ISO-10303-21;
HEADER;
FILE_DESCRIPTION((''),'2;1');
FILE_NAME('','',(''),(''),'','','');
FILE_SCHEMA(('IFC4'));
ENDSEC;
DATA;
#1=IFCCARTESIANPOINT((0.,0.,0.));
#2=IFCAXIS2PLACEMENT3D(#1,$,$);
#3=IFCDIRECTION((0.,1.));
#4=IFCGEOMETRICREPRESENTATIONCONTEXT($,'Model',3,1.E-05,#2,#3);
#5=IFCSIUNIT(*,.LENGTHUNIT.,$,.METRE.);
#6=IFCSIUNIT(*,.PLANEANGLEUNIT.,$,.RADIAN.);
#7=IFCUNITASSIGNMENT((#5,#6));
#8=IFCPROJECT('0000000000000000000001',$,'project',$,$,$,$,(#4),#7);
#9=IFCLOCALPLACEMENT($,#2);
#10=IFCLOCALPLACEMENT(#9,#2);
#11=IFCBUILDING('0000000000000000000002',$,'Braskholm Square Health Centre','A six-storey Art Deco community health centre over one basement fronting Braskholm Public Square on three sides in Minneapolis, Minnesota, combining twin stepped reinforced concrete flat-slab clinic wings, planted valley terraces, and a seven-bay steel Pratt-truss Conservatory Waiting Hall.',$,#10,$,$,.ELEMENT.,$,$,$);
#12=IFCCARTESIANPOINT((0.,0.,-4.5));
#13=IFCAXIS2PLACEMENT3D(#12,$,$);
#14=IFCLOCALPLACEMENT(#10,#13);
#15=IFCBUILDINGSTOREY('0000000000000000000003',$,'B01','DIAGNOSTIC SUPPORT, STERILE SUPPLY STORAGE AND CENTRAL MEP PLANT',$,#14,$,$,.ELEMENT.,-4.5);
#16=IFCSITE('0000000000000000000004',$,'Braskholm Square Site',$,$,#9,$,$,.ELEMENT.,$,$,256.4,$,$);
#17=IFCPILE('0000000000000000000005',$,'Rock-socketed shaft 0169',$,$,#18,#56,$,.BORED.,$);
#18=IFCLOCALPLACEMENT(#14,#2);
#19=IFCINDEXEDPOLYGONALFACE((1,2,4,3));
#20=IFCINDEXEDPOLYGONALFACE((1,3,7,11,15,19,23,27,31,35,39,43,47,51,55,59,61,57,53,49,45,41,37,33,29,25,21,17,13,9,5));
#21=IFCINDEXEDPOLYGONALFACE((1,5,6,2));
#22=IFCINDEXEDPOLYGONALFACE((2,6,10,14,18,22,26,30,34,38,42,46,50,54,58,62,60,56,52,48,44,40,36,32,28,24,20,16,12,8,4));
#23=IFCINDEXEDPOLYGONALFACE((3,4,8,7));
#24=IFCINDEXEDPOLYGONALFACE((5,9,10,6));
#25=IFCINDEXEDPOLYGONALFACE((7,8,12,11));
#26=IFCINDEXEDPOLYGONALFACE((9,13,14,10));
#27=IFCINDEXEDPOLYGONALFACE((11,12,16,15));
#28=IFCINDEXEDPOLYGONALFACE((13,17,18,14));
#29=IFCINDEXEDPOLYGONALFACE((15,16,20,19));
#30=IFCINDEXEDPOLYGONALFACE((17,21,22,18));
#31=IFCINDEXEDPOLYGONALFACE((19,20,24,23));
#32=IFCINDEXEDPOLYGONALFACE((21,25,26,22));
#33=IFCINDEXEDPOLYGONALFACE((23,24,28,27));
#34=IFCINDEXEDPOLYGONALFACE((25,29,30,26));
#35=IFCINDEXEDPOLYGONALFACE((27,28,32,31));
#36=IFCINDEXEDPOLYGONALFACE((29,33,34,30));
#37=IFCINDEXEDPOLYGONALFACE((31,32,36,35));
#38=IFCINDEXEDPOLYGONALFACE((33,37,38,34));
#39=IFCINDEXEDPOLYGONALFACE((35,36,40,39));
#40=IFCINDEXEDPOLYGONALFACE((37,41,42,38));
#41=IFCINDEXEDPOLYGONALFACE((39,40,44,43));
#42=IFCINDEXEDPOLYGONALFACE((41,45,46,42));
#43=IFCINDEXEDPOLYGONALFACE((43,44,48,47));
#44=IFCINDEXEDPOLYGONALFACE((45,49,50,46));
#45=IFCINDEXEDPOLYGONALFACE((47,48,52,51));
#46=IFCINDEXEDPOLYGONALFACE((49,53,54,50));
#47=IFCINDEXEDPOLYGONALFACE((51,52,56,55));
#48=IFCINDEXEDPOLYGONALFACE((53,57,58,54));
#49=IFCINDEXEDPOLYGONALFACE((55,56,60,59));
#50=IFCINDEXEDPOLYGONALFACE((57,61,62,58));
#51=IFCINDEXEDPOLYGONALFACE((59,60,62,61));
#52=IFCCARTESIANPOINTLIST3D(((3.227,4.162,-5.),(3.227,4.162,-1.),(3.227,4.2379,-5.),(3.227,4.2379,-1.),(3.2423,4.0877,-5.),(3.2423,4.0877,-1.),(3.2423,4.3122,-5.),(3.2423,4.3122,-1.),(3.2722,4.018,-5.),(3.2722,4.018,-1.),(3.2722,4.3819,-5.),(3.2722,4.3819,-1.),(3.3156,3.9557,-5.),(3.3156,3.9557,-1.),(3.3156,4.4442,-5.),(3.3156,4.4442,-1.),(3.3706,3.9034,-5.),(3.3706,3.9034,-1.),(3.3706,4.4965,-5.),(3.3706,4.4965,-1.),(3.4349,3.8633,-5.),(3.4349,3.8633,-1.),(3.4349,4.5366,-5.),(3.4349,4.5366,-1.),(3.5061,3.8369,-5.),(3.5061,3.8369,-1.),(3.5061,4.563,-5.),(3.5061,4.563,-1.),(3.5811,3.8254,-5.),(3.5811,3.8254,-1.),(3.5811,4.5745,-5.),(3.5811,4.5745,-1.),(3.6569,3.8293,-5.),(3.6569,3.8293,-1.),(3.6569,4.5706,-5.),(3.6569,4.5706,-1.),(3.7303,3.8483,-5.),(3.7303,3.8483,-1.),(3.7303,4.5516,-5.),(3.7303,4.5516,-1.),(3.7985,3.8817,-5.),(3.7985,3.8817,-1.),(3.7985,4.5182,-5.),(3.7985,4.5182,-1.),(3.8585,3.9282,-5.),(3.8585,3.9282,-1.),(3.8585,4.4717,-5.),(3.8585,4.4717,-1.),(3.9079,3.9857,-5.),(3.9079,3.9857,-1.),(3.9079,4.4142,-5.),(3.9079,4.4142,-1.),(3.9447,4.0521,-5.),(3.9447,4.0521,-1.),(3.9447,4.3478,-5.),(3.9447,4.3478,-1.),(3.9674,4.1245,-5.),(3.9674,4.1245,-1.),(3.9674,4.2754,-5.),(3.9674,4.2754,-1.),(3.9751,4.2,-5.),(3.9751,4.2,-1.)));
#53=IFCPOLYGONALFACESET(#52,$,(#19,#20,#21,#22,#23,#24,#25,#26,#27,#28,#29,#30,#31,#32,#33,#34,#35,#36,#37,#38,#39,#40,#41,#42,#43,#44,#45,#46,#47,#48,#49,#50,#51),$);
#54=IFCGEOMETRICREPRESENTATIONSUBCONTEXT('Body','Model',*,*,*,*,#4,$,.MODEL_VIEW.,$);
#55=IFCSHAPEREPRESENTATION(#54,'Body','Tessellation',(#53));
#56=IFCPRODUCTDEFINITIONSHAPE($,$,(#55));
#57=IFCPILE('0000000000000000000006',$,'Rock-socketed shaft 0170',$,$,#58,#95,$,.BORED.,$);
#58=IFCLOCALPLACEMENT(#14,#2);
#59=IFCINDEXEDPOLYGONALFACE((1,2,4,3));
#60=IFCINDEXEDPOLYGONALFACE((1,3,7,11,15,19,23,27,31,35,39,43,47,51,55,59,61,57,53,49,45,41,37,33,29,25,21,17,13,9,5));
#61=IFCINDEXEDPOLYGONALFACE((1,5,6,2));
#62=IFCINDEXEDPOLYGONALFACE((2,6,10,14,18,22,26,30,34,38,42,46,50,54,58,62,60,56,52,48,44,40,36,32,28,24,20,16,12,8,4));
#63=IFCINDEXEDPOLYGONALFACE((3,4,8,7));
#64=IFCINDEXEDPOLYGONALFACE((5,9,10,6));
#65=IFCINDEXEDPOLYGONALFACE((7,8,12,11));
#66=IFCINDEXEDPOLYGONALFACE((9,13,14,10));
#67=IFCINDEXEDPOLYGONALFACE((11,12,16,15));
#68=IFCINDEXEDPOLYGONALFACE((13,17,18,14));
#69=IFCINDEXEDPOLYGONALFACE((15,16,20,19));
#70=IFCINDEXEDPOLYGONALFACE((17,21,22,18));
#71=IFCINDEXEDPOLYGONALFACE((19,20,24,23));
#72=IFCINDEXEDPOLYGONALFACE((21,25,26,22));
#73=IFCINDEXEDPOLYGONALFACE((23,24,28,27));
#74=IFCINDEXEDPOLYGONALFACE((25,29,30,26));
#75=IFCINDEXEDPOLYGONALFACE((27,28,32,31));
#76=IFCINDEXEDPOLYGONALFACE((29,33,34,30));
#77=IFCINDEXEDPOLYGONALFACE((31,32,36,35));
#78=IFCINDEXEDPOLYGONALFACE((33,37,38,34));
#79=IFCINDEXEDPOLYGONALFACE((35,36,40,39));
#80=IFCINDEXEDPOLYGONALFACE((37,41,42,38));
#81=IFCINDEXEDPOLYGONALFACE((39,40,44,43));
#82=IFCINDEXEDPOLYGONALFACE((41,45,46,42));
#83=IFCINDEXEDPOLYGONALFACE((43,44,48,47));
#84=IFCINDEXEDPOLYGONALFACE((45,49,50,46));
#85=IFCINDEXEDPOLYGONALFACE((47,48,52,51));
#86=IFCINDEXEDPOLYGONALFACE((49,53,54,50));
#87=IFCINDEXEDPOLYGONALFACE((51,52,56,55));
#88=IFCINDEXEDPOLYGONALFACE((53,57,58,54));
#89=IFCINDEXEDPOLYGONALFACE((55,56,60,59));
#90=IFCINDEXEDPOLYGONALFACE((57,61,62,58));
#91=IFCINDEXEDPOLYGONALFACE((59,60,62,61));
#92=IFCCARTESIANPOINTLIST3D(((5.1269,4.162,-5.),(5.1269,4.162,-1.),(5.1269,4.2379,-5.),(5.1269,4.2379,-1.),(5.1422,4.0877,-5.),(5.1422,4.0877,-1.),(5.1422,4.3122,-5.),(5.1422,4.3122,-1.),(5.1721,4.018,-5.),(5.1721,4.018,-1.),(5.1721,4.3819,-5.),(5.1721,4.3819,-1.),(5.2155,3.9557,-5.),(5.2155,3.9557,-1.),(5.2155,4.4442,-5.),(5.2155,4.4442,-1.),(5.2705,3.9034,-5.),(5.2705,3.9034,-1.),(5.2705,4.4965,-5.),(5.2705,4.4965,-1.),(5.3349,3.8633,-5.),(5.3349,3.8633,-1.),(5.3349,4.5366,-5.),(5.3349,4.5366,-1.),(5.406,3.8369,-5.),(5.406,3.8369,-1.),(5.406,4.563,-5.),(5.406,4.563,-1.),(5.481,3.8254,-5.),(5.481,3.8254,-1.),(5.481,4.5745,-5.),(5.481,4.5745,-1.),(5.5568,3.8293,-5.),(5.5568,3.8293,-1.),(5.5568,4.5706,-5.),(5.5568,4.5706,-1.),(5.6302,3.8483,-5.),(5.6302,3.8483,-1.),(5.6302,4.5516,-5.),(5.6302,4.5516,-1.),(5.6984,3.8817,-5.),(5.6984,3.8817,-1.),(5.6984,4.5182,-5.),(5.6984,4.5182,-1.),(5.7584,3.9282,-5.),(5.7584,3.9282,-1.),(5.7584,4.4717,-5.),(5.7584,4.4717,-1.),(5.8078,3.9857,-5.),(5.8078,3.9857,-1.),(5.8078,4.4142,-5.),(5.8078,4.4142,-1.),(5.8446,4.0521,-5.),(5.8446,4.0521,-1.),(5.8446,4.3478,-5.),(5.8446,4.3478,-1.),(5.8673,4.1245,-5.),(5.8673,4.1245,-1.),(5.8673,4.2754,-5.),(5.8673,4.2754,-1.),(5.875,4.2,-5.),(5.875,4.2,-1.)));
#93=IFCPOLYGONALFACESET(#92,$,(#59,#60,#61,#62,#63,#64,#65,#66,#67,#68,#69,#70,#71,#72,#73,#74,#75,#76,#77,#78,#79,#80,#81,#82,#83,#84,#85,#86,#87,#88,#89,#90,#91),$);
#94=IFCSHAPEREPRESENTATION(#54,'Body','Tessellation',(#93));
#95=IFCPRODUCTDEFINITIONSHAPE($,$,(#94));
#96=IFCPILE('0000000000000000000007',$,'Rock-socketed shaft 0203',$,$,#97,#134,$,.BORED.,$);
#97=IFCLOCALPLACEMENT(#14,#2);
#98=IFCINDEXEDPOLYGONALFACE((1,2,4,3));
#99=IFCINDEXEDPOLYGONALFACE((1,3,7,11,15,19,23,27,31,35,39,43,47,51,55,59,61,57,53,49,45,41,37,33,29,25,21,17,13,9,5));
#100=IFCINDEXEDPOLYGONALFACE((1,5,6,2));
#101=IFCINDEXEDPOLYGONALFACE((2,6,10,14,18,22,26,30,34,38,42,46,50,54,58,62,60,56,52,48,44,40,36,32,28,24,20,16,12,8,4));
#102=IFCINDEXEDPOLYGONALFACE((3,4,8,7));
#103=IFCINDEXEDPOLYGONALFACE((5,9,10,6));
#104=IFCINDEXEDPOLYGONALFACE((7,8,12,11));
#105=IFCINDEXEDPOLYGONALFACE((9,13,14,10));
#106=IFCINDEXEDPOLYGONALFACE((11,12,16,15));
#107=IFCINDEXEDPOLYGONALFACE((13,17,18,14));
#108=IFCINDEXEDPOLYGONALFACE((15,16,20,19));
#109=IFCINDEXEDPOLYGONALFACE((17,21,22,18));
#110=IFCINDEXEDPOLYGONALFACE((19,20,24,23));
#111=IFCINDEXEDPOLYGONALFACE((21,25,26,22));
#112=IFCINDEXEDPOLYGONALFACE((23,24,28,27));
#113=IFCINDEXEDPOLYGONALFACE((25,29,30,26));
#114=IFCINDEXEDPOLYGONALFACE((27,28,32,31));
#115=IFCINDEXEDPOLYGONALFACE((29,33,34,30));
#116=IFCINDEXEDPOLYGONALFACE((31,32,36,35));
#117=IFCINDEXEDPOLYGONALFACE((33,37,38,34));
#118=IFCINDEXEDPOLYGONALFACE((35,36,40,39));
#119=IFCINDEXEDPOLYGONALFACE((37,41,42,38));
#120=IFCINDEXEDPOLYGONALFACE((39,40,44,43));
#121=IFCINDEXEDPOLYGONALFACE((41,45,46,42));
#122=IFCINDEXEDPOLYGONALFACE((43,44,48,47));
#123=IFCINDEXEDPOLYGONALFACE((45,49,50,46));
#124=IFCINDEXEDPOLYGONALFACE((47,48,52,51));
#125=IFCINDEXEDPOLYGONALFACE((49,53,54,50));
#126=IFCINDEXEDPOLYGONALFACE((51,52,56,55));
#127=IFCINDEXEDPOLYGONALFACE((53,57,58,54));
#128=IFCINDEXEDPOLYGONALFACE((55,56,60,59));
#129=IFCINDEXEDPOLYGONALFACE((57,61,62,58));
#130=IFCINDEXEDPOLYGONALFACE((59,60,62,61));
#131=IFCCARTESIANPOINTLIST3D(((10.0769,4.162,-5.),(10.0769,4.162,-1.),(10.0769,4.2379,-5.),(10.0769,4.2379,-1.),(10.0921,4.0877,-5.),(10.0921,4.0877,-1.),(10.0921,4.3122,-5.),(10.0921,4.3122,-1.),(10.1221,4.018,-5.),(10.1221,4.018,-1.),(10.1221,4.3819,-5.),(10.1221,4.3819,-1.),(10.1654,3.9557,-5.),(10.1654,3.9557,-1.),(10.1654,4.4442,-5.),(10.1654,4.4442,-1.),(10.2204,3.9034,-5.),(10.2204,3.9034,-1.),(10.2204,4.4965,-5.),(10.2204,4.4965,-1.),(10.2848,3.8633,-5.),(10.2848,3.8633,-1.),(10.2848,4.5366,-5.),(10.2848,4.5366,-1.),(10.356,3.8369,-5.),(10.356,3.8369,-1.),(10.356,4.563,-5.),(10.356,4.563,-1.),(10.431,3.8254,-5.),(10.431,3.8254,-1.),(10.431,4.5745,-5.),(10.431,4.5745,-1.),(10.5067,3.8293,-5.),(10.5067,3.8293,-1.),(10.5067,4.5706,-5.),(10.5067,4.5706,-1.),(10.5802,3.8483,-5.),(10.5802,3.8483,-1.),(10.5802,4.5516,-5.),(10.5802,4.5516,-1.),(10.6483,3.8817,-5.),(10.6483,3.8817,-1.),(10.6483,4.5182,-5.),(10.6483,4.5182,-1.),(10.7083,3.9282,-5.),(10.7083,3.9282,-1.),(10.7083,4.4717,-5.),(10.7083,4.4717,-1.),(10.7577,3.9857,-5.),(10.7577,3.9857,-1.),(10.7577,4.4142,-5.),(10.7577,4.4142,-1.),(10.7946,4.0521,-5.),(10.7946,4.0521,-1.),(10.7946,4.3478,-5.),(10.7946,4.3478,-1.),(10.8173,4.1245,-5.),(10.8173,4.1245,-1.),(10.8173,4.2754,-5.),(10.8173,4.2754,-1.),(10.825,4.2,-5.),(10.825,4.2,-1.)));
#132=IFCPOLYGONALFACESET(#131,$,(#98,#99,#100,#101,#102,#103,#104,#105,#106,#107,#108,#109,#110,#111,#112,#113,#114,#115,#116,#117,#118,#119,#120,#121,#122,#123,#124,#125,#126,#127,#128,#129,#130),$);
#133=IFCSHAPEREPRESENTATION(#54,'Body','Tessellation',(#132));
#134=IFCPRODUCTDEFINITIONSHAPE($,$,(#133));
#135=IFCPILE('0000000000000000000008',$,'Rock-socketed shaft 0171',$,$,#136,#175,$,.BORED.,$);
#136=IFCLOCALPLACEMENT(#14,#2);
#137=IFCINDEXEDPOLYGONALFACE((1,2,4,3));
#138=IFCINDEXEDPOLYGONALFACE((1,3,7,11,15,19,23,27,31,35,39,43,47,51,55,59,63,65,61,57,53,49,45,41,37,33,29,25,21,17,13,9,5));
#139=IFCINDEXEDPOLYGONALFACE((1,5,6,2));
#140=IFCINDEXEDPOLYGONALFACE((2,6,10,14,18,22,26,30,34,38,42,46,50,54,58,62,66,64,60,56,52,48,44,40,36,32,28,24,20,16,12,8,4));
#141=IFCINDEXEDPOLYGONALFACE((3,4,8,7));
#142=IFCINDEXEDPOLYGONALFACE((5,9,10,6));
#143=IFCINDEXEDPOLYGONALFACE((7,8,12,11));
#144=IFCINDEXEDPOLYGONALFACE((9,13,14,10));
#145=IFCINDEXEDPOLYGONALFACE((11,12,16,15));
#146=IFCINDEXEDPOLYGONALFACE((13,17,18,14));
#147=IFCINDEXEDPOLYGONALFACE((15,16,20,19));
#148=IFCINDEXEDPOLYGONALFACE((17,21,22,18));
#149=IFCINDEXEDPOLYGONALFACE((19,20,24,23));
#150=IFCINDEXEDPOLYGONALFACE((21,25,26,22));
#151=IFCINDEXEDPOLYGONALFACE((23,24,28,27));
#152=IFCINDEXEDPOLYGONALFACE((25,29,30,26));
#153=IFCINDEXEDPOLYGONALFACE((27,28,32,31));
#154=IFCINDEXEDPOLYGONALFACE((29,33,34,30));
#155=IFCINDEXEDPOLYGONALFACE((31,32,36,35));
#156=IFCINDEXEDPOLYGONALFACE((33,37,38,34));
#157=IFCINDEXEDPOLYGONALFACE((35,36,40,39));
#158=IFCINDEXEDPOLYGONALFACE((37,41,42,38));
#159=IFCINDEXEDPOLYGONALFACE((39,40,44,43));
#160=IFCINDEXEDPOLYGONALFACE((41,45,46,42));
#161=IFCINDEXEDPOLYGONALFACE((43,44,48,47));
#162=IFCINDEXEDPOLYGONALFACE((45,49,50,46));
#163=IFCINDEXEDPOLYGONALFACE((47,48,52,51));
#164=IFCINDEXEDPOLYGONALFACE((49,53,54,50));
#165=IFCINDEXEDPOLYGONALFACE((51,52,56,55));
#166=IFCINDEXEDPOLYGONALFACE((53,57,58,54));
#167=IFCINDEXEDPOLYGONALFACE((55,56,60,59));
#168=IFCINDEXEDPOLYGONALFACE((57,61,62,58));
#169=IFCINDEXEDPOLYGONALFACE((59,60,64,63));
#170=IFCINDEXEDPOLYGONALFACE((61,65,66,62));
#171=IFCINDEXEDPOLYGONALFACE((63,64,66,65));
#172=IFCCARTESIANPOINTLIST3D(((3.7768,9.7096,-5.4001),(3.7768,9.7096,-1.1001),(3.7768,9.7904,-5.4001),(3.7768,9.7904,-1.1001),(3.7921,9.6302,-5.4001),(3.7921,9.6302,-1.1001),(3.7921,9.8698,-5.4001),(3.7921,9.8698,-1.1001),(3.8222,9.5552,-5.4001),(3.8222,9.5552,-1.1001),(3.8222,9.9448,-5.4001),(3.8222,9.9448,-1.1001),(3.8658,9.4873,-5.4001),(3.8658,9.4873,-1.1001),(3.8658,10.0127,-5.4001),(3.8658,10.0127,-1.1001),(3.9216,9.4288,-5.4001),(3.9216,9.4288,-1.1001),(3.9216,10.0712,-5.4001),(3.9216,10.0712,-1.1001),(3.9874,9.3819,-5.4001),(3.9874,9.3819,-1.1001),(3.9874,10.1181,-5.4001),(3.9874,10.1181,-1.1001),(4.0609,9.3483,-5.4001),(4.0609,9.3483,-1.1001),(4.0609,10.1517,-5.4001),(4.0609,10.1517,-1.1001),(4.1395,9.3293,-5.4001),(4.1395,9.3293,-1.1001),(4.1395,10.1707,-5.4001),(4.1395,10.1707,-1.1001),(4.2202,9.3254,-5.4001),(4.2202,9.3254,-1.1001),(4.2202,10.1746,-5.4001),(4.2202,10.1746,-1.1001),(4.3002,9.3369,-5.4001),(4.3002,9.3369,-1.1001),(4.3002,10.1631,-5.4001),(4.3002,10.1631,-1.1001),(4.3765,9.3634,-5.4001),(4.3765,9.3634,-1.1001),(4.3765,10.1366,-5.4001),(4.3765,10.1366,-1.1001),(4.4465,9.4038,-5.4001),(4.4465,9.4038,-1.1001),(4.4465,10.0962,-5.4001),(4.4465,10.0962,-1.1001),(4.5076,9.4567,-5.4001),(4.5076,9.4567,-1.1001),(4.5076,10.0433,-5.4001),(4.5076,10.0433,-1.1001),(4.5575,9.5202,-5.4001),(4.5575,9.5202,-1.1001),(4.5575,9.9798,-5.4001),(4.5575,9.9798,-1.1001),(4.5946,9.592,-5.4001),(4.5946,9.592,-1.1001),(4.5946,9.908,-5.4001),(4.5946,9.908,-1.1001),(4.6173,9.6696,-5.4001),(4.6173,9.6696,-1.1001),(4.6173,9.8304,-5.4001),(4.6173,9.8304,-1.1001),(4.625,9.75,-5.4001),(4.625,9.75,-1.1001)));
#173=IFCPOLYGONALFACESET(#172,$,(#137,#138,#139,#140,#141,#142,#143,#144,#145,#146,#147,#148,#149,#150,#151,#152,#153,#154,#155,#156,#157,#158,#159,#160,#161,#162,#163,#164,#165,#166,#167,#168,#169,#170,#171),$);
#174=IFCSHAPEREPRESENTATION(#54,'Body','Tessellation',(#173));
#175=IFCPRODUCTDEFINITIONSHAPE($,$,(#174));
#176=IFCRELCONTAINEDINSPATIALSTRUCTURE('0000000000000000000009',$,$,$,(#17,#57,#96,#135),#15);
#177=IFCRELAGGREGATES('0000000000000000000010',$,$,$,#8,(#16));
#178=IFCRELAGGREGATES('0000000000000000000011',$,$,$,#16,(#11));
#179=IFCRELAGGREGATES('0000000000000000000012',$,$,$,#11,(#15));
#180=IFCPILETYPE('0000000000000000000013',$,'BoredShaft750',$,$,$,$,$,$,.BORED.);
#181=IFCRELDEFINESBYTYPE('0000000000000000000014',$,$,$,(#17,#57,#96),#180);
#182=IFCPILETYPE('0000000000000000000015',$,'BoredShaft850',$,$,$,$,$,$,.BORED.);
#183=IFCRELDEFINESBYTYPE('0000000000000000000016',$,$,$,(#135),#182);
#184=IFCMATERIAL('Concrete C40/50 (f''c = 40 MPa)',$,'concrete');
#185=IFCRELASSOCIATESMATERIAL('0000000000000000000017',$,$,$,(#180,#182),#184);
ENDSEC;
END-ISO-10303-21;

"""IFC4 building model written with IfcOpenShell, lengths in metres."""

from ifc_helpers import new_model, si_unit, direction, frame, origin, origin_2d, place, context, subcontext, project, spatial, circle, extrude, material, material_profile, profile_set, type_object, element, save


model = new_model("IFC4")

# Units and contexts
model_context = context("Model", 3, precision=1e-05, world=origin(), true_north=direction((0.0, 1.0)))
body_context = subcontext(model_context, "Body", "Model", "MODEL_VIEW")
ifc_project = project(units=[si_unit("LENGTHUNIT", "METRE"), si_unit("PLANEANGLEUNIT", "RADIAN")], contexts=[model_context])

# Site, building, storey
site_placement = place(None, origin())
site = spatial("IfcSite", under=ifc_project, at=site_placement, Name="Braskholm Square Site", CompositionType="ELEMENT", RefElevation=256.4)
building_placement = place(site_placement, origin())
building = spatial("IfcBuilding", under=site, at=building_placement, Name="Braskholm Square Health Centre", Description="A six-storey Art Deco community health centre over one basement fronting Braskholm Public Square on three sides in Minneapolis, Minnesota, combining twin stepped reinforced concrete flat-slab clinic wings, planted valley terraces, and a seven-bay steel Pratt-truss Conservatory Waiting Hall.", CompositionType="ELEMENT")
storey_placement = place(building_placement, frame((0.0, 0.0, -4.5)))
storey = spatial("IfcBuildingStorey", under=building, at=storey_placement, Name="B01", Description="DIAGNOSTIC SUPPORT, STERILE SUPPLY STORAGE AND CENTRAL MEP PLANT", CompositionType="ELEMENT", Elevation=-4.5)

# Piles
ifc_material_1 = material(Name="Concrete C40/50 (f'c = 40 MPa)", Category="concrete")
ifc_material_profile_1 = material_profile(ifc_material_1, circle(Radius=0.375, at=origin_2d()), Name="BORED-PILE-750")
ifc_profile_set_1 = profile_set([ifc_material_profile_1], Name="Concrete C40/50 (f'c = 40 MPa)")
pile_type_1 = type_object("IfcPileType", Name="BoredShaft750", PredefinedType="BORED", material=ifc_profile_set_1)
for number, where, z_axis, x_axis, name in (
    (1, (3.6001, 4.2, -1.0), (0.0, 0.0, -1.0), (1.0, 0.0, 0.0), "Rock-socketed shaft 0169"),
    (2, (5.5, 4.2, -1.0), (0.0, 0.0, -1.0), (1.0, 0.0, 0.0), "Rock-socketed shaft 0170"),
    (3, (10.45, 4.2, -1.0), (0.0, 0.0, -1.0), (1.0, 0.0, 0.0), "Rock-socketed shaft 0203"),
):
    element("IfcPile", number, at=place(storey_placement, frame(where, z_axis=z_axis, x_axis=x_axis)), inside=storey, type_object=pile_type_1, Name=name, PredefinedType="BORED", context=body_context, shape_type="SweptSolid", body=[
        extrude(circle(Radius=0.375, at=origin_2d()), origin(), (0.0, 0.0, 1.0), 4.0),
    ])
ifc_material_profile_2 = material_profile(ifc_material_1, circle(Radius=0.425, at=origin_2d()), Name="BORED-PILE-850")
ifc_profile_set_2 = profile_set([ifc_material_profile_2], Name="Concrete C40/50 (f'c = 40 MPa)")
pile_type_2 = type_object("IfcPileType", Name="BoredShaft850", PredefinedType="BORED", material=ifc_profile_set_2)
for number, where, z_axis, x_axis, name in (
    (4, (4.2, 9.75, -1.1001), (0.0, 0.0, -1.0), (1.0, 0.0, 0.0), "Rock-socketed shaft 0171"),
):
    element("IfcPile", number, at=place(storey_placement, frame(where, z_axis=z_axis, x_axis=x_axis)), inside=storey, type_object=pile_type_2, Name=name, PredefinedType="BORED", context=body_context, shape_type="SweptSolid", body=[
        extrude(circle(Radius=0.425, at=origin_2d()), origin(), (0.0, 0.0, 1.0), 4.3),
    ])

save(model, "model.ifc")
